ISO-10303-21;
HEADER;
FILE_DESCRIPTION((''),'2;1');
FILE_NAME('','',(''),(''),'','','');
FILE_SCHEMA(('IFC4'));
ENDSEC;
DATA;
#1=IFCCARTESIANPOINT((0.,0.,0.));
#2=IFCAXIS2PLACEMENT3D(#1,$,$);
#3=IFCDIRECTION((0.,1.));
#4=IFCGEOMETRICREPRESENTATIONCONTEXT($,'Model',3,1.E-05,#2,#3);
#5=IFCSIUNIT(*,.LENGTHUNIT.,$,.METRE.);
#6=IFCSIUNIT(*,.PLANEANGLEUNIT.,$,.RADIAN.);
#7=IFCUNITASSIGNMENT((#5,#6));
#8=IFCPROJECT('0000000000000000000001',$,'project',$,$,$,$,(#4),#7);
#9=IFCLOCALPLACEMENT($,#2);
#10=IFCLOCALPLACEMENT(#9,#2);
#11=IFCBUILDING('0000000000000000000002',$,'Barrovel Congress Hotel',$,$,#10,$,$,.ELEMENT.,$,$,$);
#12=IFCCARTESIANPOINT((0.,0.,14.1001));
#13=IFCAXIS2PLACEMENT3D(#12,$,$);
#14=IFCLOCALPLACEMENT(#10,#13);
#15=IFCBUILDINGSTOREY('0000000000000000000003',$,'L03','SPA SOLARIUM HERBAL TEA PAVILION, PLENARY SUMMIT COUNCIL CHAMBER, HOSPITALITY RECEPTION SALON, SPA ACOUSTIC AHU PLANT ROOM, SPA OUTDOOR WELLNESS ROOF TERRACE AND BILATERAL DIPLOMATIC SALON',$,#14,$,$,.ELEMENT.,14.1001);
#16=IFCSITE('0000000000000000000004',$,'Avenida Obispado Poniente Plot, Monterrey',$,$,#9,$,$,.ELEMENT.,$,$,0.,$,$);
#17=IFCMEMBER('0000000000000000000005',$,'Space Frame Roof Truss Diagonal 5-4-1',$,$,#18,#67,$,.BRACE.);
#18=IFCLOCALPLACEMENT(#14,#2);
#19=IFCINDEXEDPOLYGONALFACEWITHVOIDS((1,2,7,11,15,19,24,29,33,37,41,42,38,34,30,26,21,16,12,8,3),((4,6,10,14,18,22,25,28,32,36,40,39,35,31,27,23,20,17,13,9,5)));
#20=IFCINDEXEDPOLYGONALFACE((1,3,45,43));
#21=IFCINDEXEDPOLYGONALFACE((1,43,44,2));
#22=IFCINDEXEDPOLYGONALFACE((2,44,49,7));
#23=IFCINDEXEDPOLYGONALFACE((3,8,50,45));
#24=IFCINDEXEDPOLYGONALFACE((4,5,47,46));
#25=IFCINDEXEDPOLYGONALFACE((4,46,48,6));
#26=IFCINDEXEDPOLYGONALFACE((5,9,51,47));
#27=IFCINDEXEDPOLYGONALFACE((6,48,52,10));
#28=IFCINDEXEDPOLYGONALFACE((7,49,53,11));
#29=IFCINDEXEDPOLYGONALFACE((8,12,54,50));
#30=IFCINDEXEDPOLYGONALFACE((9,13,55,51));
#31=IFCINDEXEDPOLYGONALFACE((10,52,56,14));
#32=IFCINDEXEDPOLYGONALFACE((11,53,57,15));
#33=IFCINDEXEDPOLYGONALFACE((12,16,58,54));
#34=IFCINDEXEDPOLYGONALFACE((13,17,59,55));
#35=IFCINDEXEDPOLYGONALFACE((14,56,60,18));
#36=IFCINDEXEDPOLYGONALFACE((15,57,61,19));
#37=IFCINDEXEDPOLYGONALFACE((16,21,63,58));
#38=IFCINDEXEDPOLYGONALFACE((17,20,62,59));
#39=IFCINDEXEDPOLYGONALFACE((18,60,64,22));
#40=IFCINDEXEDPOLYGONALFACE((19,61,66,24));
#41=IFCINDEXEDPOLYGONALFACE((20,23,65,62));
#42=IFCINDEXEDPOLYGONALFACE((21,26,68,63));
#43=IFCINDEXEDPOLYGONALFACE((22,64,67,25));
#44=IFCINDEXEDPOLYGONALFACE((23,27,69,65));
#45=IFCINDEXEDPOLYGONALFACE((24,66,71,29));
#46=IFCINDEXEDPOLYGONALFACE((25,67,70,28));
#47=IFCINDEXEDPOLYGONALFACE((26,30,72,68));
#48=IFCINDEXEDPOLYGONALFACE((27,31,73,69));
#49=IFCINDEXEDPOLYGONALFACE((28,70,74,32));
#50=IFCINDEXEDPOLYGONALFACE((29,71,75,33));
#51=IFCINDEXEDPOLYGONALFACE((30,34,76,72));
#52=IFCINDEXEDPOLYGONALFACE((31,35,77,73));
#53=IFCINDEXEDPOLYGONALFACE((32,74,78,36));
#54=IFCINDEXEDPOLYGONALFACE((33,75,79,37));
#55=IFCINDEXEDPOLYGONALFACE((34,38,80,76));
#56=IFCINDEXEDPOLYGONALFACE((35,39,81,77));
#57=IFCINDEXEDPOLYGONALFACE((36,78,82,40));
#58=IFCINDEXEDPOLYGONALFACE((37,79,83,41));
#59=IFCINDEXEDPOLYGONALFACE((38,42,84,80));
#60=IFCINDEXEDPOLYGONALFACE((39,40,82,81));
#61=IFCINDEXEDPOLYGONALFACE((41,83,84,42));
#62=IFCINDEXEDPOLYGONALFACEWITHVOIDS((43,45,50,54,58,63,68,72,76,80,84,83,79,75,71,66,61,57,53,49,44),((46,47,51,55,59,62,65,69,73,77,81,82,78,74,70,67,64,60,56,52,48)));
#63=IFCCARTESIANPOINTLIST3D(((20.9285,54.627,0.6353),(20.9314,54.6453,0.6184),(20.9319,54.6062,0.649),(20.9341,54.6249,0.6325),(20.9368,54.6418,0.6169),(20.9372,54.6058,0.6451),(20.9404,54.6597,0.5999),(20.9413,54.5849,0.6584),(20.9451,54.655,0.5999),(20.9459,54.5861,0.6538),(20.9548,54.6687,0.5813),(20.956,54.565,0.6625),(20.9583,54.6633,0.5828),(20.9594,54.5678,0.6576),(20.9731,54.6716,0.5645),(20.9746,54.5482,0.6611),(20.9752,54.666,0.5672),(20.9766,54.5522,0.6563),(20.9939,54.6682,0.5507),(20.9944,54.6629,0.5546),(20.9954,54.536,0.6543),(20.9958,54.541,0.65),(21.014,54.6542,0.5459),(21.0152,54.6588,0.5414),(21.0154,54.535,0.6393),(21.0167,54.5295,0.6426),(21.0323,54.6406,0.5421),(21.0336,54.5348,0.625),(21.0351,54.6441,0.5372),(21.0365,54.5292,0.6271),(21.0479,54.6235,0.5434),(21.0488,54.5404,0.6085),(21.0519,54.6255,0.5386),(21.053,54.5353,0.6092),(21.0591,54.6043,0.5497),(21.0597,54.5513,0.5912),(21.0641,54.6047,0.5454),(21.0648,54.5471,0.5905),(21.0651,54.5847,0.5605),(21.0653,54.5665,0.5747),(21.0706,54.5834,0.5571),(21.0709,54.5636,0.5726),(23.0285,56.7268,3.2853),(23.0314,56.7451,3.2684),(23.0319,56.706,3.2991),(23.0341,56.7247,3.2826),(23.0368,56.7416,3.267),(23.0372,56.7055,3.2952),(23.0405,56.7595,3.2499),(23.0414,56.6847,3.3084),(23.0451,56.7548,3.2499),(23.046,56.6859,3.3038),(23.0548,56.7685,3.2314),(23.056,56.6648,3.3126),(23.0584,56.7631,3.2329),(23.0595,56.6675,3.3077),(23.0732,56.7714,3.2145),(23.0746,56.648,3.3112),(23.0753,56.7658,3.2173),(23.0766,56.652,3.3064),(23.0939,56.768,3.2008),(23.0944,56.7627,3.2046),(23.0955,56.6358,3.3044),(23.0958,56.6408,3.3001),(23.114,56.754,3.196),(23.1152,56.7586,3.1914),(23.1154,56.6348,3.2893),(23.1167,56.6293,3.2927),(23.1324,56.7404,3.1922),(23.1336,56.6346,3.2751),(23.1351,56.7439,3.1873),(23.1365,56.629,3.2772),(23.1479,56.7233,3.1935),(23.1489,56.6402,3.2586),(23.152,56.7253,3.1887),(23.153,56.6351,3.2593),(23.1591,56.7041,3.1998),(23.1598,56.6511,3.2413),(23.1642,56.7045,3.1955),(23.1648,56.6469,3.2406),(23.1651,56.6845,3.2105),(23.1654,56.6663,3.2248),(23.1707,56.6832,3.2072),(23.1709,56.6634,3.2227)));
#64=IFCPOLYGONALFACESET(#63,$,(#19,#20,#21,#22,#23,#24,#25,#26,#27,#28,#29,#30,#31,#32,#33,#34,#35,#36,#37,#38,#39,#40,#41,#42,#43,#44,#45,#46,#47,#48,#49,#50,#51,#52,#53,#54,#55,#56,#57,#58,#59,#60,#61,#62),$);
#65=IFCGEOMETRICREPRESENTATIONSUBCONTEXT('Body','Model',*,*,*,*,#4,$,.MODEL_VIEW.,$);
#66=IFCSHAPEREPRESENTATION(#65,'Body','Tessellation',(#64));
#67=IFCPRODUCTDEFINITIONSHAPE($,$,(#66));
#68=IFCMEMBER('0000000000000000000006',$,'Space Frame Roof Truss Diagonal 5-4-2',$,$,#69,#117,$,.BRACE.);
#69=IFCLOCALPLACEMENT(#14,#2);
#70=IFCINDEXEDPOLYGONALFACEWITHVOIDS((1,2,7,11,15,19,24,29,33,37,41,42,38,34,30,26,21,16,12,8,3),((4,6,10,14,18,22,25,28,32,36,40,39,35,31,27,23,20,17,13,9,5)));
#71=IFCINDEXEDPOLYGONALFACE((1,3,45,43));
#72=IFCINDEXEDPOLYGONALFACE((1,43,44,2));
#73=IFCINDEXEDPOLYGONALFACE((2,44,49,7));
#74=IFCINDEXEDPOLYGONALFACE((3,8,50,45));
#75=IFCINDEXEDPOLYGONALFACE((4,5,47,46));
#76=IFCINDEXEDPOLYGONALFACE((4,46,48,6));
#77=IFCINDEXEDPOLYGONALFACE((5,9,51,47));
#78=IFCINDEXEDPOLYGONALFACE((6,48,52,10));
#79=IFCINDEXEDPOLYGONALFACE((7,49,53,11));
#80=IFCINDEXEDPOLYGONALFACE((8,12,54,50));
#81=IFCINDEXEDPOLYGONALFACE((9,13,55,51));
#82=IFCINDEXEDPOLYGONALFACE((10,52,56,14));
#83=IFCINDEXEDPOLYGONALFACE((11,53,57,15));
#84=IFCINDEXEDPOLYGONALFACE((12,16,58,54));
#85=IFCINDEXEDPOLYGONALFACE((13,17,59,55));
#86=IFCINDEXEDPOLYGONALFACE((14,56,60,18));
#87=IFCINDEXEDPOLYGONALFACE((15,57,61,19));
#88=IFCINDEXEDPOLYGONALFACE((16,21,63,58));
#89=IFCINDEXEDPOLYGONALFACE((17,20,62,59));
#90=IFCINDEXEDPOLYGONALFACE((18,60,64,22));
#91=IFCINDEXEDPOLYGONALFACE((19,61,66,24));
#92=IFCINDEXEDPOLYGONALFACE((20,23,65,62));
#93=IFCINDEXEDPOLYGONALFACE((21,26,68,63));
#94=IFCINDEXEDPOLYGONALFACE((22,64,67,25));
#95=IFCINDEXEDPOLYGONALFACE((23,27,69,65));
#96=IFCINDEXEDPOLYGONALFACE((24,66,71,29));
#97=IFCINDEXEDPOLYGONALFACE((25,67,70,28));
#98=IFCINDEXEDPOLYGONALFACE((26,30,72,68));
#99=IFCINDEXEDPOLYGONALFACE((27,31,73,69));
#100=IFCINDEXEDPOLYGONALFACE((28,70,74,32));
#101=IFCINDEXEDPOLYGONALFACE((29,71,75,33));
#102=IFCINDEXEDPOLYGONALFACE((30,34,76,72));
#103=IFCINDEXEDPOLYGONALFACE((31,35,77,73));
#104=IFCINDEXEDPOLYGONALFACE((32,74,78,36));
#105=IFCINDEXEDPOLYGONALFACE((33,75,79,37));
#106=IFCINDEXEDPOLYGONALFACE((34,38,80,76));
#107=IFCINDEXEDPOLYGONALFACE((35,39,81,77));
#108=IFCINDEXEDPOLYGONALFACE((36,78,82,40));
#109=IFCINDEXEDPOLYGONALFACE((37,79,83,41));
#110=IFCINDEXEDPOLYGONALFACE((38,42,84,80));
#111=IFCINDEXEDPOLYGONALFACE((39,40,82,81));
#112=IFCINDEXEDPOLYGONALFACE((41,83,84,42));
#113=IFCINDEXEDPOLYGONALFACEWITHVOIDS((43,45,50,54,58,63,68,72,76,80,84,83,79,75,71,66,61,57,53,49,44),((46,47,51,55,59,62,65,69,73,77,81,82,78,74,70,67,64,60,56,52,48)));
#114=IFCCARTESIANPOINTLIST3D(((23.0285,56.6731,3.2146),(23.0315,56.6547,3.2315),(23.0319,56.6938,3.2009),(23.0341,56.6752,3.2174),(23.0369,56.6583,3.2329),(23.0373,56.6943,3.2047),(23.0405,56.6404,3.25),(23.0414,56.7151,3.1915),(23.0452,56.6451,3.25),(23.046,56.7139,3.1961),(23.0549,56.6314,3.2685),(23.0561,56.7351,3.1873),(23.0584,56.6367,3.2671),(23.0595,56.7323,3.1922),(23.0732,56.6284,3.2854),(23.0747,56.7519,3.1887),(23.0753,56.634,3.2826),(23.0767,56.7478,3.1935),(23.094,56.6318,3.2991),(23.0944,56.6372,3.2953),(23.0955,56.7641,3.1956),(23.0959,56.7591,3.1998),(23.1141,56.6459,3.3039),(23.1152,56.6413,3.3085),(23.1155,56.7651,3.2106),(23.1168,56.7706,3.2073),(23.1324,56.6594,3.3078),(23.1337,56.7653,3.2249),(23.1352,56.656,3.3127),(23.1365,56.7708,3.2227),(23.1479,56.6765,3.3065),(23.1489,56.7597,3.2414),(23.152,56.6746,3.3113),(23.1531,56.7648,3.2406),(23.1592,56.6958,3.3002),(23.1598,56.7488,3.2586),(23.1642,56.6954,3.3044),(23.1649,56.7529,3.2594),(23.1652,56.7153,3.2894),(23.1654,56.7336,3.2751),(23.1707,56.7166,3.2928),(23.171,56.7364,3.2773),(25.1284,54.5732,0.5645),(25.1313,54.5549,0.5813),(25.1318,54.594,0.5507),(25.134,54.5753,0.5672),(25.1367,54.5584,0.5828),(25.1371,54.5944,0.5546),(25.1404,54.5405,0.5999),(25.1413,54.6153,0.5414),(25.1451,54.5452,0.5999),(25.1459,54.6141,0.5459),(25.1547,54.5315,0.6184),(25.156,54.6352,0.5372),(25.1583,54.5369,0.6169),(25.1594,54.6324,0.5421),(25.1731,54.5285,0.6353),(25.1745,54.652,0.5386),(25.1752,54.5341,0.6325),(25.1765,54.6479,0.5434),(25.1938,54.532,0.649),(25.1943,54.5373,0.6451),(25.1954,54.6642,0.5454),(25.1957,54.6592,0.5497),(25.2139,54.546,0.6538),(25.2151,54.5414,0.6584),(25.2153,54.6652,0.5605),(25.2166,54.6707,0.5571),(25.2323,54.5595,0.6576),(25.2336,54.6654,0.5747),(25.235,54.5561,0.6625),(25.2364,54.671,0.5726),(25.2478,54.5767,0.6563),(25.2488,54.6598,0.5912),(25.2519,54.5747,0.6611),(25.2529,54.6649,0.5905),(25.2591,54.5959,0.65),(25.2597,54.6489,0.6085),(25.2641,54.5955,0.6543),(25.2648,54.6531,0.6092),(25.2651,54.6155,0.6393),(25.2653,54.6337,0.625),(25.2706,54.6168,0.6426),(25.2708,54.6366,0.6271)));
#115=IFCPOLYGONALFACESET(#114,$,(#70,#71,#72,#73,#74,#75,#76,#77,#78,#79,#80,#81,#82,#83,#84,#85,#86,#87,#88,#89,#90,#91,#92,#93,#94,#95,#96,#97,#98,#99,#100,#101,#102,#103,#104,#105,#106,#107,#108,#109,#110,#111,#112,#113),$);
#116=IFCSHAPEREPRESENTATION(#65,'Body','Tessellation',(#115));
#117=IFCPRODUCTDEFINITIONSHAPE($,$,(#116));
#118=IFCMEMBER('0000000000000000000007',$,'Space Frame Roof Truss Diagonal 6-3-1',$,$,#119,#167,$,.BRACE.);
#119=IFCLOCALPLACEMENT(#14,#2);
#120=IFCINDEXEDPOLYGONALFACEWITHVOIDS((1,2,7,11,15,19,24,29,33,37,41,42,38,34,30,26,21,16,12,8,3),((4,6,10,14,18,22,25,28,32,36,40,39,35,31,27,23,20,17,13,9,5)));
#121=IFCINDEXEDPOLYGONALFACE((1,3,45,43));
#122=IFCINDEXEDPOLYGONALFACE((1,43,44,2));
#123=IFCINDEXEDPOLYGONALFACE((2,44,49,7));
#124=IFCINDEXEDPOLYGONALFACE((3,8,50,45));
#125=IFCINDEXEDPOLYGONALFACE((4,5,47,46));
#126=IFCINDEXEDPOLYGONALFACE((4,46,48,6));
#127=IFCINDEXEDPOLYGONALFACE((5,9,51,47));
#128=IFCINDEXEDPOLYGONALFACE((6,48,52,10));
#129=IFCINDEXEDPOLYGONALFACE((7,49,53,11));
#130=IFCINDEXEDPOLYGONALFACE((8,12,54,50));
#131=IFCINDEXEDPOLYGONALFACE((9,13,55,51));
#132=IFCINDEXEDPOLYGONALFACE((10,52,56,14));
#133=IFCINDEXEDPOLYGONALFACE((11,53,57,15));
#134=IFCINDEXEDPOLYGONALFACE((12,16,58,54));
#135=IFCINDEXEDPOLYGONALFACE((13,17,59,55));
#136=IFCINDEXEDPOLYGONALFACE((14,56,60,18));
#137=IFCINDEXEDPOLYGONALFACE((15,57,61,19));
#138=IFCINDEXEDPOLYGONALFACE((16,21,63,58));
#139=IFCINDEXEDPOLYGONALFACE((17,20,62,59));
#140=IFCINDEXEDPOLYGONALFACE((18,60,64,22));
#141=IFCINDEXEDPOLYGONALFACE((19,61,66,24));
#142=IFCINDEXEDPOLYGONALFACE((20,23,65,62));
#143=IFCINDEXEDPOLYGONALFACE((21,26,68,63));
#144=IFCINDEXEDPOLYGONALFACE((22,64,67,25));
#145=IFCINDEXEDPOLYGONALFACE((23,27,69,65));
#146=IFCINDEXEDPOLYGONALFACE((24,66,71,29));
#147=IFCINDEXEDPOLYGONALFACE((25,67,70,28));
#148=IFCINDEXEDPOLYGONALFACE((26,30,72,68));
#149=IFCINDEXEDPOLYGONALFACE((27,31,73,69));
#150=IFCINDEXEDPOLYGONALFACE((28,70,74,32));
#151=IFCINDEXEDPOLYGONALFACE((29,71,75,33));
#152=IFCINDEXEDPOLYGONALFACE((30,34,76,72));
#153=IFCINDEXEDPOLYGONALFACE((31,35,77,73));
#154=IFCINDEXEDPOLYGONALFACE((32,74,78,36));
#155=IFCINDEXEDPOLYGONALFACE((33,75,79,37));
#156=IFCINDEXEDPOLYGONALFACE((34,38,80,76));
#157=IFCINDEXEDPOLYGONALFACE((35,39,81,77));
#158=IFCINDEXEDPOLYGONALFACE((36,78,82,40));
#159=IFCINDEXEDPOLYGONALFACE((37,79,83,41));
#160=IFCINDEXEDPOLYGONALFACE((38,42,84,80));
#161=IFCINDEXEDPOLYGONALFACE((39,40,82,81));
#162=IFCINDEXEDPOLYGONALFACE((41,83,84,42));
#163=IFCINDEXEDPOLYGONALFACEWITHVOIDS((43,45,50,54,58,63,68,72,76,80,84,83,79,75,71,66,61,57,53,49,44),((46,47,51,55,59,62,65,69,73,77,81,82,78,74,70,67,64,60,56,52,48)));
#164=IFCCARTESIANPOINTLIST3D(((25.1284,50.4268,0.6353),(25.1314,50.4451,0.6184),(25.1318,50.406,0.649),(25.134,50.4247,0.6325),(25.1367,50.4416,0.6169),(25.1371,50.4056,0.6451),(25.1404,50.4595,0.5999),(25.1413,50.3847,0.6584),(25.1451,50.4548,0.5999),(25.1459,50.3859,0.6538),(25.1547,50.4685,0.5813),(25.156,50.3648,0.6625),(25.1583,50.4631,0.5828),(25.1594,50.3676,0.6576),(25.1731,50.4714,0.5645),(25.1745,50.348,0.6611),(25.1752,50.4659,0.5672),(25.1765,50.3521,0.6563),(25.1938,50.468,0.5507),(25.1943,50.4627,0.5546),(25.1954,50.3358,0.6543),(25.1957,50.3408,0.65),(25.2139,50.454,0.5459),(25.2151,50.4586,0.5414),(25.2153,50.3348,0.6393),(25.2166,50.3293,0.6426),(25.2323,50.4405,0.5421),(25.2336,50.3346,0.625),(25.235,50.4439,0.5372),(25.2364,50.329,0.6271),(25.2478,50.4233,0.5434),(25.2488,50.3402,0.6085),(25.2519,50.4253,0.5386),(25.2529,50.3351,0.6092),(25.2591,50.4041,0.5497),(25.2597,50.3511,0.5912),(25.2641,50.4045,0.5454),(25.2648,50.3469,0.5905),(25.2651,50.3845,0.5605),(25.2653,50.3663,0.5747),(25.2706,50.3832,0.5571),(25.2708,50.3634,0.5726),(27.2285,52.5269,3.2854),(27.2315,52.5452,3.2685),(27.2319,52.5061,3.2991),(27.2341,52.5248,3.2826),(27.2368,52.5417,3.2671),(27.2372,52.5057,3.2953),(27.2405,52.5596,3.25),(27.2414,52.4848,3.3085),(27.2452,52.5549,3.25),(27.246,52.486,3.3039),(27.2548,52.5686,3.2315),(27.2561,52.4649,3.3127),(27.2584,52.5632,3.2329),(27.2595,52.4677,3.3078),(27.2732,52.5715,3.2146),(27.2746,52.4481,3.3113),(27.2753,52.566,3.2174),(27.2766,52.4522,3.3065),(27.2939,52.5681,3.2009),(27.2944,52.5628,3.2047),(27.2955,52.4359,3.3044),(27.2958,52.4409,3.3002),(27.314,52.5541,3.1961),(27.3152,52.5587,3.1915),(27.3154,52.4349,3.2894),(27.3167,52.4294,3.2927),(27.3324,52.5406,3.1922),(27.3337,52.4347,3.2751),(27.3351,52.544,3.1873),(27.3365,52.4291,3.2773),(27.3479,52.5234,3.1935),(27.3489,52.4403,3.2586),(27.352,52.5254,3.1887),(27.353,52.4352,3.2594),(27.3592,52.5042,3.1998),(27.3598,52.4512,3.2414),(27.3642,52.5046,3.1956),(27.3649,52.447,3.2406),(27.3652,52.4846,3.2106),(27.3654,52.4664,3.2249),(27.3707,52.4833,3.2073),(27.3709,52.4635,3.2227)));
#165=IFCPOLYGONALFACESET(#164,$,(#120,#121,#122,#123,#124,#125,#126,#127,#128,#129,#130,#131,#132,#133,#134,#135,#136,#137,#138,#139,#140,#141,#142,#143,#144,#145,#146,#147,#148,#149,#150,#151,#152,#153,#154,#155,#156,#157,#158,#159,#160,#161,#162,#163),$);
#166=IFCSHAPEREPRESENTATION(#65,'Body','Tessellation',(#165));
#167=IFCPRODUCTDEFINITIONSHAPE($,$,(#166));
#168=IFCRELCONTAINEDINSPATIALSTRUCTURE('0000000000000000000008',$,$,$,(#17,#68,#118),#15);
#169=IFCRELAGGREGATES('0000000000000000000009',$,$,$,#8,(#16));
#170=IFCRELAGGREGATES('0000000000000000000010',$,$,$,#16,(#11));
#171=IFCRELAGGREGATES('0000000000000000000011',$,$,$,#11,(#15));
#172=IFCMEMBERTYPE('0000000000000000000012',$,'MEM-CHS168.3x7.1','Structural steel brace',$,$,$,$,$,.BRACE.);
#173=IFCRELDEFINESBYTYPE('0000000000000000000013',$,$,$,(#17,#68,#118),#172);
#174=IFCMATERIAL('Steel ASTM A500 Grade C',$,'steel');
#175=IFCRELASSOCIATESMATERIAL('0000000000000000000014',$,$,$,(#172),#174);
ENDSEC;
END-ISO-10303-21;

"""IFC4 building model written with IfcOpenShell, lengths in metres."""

from ifc_helpers import new_model, si_unit, direction, frame, origin, origin_2d, place, context, subcontext, project, spatial, hollow_circle, extrude, material, material_profile, profile_set, type_object, element, save


model = new_model("IFC4")

# Units and contexts
model_context = context("Model", 3, precision=1e-05, world=origin(), true_north=direction((0.0, 1.0)))
body_context = subcontext(model_context, "Body", "Model", "MODEL_VIEW")
ifc_project = project(units=[si_unit("LENGTHUNIT", "METRE"), si_unit("PLANEANGLEUNIT", "RADIAN")], contexts=[model_context])

# Site, building, storey
site_placement = place(None, origin())
site = spatial("IfcSite", under=ifc_project, at=site_placement, Name="Avenida Obispado Poniente Plot, Monterrey", CompositionType="ELEMENT", RefElevation=0.0)
building_placement = place(site_placement, origin())
building = spatial("IfcBuilding", under=site, at=building_placement, Name="Barrovel Congress Hotel", CompositionType="ELEMENT")
storey_placement = place(building_placement, frame((0.0, 0.0, 14.1001)))
storey = spatial("IfcBuildingStorey", under=building, at=storey_placement, Name="L03", Description="SPA SOLARIUM HERBAL TEA PAVILION, PLENARY SUMMIT COUNCIL CHAMBER, HOSPITALITY RECEPTION SALON, SPA ACOUSTIC AHU PLANT ROOM, SPA OUTDOOR WELLNESS ROOF TERRACE AND BILATERAL DIPLOMATIC SALON", CompositionType="ELEMENT", Elevation=14.1001)

# Members
ifc_material_1 = material(Name="Steel ASTM A500 Grade C", Category="steel")
ifc_material_profile_1 = material_profile(ifc_material_1, hollow_circle(Radius=0.0842, WallThickness=0.0066, at=origin_2d()), Name="CHS168.3x7.1")
ifc_profile_set_1 = profile_set([ifc_material_profile_1], Name="Steel ASTM A500 Grade C")
member_type_1 = type_object("IfcMemberType", Name="MEM-CHS168.3x7.1", Description="Structural steel brace", PredefinedType="BRACE", material=ifc_profile_set_1)
for number, where, z_axis, x_axis, name in (
    (1, (21.0, 54.6001, 0.5999), (0.527618, 0.527557, 0.66581), (-0.707066, 0.707148, 0.0), "Space Frame Roof Truss Diagonal 5-4-1"),
    (2, (25.2, 54.6001, 0.5999), (-0.527574, 0.527574, 0.665831), (-0.707107, -0.707107, 0.0), "Space Frame Roof Truss Diagonal 5-4-2"),
):
    element("IfcMember", number, at=place(storey_placement, frame(where, z_axis=z_axis, x_axis=x_axis)), inside=storey, type_object=member_type_1, Name=name, PredefinedType="BRACE", context=body_context, shape_type="SweptSolid", body=[
        extrude(hollow_circle(Radius=0.0842, WallThickness=0.0066, at=origin_2d()), origin(), (0.0, 0.0, 1.0), 3.9802),
    ])
for number, where, z_axis, x_axis, name in (
    (3, (25.2, 50.3999, 0.5999), (0.527601, 0.527601, 0.665788), (-0.707107, 0.707107, 0.0), "Space Frame Roof Truss Diagonal 6-3-1"),
):
    element("IfcMember", number, at=place(storey_placement, frame(where, z_axis=z_axis, x_axis=x_axis)), inside=storey, type_object=member_type_1, Name=name, PredefinedType="BRACE", context=body_context, shape_type="SweptSolid", body=[
        extrude(hollow_circle(Radius=0.0842, WallThickness=0.0066, at=origin_2d()), origin(), (0.0, 0.0, 1.0), 3.9805),
    ])

save(model, "model.ifc")
